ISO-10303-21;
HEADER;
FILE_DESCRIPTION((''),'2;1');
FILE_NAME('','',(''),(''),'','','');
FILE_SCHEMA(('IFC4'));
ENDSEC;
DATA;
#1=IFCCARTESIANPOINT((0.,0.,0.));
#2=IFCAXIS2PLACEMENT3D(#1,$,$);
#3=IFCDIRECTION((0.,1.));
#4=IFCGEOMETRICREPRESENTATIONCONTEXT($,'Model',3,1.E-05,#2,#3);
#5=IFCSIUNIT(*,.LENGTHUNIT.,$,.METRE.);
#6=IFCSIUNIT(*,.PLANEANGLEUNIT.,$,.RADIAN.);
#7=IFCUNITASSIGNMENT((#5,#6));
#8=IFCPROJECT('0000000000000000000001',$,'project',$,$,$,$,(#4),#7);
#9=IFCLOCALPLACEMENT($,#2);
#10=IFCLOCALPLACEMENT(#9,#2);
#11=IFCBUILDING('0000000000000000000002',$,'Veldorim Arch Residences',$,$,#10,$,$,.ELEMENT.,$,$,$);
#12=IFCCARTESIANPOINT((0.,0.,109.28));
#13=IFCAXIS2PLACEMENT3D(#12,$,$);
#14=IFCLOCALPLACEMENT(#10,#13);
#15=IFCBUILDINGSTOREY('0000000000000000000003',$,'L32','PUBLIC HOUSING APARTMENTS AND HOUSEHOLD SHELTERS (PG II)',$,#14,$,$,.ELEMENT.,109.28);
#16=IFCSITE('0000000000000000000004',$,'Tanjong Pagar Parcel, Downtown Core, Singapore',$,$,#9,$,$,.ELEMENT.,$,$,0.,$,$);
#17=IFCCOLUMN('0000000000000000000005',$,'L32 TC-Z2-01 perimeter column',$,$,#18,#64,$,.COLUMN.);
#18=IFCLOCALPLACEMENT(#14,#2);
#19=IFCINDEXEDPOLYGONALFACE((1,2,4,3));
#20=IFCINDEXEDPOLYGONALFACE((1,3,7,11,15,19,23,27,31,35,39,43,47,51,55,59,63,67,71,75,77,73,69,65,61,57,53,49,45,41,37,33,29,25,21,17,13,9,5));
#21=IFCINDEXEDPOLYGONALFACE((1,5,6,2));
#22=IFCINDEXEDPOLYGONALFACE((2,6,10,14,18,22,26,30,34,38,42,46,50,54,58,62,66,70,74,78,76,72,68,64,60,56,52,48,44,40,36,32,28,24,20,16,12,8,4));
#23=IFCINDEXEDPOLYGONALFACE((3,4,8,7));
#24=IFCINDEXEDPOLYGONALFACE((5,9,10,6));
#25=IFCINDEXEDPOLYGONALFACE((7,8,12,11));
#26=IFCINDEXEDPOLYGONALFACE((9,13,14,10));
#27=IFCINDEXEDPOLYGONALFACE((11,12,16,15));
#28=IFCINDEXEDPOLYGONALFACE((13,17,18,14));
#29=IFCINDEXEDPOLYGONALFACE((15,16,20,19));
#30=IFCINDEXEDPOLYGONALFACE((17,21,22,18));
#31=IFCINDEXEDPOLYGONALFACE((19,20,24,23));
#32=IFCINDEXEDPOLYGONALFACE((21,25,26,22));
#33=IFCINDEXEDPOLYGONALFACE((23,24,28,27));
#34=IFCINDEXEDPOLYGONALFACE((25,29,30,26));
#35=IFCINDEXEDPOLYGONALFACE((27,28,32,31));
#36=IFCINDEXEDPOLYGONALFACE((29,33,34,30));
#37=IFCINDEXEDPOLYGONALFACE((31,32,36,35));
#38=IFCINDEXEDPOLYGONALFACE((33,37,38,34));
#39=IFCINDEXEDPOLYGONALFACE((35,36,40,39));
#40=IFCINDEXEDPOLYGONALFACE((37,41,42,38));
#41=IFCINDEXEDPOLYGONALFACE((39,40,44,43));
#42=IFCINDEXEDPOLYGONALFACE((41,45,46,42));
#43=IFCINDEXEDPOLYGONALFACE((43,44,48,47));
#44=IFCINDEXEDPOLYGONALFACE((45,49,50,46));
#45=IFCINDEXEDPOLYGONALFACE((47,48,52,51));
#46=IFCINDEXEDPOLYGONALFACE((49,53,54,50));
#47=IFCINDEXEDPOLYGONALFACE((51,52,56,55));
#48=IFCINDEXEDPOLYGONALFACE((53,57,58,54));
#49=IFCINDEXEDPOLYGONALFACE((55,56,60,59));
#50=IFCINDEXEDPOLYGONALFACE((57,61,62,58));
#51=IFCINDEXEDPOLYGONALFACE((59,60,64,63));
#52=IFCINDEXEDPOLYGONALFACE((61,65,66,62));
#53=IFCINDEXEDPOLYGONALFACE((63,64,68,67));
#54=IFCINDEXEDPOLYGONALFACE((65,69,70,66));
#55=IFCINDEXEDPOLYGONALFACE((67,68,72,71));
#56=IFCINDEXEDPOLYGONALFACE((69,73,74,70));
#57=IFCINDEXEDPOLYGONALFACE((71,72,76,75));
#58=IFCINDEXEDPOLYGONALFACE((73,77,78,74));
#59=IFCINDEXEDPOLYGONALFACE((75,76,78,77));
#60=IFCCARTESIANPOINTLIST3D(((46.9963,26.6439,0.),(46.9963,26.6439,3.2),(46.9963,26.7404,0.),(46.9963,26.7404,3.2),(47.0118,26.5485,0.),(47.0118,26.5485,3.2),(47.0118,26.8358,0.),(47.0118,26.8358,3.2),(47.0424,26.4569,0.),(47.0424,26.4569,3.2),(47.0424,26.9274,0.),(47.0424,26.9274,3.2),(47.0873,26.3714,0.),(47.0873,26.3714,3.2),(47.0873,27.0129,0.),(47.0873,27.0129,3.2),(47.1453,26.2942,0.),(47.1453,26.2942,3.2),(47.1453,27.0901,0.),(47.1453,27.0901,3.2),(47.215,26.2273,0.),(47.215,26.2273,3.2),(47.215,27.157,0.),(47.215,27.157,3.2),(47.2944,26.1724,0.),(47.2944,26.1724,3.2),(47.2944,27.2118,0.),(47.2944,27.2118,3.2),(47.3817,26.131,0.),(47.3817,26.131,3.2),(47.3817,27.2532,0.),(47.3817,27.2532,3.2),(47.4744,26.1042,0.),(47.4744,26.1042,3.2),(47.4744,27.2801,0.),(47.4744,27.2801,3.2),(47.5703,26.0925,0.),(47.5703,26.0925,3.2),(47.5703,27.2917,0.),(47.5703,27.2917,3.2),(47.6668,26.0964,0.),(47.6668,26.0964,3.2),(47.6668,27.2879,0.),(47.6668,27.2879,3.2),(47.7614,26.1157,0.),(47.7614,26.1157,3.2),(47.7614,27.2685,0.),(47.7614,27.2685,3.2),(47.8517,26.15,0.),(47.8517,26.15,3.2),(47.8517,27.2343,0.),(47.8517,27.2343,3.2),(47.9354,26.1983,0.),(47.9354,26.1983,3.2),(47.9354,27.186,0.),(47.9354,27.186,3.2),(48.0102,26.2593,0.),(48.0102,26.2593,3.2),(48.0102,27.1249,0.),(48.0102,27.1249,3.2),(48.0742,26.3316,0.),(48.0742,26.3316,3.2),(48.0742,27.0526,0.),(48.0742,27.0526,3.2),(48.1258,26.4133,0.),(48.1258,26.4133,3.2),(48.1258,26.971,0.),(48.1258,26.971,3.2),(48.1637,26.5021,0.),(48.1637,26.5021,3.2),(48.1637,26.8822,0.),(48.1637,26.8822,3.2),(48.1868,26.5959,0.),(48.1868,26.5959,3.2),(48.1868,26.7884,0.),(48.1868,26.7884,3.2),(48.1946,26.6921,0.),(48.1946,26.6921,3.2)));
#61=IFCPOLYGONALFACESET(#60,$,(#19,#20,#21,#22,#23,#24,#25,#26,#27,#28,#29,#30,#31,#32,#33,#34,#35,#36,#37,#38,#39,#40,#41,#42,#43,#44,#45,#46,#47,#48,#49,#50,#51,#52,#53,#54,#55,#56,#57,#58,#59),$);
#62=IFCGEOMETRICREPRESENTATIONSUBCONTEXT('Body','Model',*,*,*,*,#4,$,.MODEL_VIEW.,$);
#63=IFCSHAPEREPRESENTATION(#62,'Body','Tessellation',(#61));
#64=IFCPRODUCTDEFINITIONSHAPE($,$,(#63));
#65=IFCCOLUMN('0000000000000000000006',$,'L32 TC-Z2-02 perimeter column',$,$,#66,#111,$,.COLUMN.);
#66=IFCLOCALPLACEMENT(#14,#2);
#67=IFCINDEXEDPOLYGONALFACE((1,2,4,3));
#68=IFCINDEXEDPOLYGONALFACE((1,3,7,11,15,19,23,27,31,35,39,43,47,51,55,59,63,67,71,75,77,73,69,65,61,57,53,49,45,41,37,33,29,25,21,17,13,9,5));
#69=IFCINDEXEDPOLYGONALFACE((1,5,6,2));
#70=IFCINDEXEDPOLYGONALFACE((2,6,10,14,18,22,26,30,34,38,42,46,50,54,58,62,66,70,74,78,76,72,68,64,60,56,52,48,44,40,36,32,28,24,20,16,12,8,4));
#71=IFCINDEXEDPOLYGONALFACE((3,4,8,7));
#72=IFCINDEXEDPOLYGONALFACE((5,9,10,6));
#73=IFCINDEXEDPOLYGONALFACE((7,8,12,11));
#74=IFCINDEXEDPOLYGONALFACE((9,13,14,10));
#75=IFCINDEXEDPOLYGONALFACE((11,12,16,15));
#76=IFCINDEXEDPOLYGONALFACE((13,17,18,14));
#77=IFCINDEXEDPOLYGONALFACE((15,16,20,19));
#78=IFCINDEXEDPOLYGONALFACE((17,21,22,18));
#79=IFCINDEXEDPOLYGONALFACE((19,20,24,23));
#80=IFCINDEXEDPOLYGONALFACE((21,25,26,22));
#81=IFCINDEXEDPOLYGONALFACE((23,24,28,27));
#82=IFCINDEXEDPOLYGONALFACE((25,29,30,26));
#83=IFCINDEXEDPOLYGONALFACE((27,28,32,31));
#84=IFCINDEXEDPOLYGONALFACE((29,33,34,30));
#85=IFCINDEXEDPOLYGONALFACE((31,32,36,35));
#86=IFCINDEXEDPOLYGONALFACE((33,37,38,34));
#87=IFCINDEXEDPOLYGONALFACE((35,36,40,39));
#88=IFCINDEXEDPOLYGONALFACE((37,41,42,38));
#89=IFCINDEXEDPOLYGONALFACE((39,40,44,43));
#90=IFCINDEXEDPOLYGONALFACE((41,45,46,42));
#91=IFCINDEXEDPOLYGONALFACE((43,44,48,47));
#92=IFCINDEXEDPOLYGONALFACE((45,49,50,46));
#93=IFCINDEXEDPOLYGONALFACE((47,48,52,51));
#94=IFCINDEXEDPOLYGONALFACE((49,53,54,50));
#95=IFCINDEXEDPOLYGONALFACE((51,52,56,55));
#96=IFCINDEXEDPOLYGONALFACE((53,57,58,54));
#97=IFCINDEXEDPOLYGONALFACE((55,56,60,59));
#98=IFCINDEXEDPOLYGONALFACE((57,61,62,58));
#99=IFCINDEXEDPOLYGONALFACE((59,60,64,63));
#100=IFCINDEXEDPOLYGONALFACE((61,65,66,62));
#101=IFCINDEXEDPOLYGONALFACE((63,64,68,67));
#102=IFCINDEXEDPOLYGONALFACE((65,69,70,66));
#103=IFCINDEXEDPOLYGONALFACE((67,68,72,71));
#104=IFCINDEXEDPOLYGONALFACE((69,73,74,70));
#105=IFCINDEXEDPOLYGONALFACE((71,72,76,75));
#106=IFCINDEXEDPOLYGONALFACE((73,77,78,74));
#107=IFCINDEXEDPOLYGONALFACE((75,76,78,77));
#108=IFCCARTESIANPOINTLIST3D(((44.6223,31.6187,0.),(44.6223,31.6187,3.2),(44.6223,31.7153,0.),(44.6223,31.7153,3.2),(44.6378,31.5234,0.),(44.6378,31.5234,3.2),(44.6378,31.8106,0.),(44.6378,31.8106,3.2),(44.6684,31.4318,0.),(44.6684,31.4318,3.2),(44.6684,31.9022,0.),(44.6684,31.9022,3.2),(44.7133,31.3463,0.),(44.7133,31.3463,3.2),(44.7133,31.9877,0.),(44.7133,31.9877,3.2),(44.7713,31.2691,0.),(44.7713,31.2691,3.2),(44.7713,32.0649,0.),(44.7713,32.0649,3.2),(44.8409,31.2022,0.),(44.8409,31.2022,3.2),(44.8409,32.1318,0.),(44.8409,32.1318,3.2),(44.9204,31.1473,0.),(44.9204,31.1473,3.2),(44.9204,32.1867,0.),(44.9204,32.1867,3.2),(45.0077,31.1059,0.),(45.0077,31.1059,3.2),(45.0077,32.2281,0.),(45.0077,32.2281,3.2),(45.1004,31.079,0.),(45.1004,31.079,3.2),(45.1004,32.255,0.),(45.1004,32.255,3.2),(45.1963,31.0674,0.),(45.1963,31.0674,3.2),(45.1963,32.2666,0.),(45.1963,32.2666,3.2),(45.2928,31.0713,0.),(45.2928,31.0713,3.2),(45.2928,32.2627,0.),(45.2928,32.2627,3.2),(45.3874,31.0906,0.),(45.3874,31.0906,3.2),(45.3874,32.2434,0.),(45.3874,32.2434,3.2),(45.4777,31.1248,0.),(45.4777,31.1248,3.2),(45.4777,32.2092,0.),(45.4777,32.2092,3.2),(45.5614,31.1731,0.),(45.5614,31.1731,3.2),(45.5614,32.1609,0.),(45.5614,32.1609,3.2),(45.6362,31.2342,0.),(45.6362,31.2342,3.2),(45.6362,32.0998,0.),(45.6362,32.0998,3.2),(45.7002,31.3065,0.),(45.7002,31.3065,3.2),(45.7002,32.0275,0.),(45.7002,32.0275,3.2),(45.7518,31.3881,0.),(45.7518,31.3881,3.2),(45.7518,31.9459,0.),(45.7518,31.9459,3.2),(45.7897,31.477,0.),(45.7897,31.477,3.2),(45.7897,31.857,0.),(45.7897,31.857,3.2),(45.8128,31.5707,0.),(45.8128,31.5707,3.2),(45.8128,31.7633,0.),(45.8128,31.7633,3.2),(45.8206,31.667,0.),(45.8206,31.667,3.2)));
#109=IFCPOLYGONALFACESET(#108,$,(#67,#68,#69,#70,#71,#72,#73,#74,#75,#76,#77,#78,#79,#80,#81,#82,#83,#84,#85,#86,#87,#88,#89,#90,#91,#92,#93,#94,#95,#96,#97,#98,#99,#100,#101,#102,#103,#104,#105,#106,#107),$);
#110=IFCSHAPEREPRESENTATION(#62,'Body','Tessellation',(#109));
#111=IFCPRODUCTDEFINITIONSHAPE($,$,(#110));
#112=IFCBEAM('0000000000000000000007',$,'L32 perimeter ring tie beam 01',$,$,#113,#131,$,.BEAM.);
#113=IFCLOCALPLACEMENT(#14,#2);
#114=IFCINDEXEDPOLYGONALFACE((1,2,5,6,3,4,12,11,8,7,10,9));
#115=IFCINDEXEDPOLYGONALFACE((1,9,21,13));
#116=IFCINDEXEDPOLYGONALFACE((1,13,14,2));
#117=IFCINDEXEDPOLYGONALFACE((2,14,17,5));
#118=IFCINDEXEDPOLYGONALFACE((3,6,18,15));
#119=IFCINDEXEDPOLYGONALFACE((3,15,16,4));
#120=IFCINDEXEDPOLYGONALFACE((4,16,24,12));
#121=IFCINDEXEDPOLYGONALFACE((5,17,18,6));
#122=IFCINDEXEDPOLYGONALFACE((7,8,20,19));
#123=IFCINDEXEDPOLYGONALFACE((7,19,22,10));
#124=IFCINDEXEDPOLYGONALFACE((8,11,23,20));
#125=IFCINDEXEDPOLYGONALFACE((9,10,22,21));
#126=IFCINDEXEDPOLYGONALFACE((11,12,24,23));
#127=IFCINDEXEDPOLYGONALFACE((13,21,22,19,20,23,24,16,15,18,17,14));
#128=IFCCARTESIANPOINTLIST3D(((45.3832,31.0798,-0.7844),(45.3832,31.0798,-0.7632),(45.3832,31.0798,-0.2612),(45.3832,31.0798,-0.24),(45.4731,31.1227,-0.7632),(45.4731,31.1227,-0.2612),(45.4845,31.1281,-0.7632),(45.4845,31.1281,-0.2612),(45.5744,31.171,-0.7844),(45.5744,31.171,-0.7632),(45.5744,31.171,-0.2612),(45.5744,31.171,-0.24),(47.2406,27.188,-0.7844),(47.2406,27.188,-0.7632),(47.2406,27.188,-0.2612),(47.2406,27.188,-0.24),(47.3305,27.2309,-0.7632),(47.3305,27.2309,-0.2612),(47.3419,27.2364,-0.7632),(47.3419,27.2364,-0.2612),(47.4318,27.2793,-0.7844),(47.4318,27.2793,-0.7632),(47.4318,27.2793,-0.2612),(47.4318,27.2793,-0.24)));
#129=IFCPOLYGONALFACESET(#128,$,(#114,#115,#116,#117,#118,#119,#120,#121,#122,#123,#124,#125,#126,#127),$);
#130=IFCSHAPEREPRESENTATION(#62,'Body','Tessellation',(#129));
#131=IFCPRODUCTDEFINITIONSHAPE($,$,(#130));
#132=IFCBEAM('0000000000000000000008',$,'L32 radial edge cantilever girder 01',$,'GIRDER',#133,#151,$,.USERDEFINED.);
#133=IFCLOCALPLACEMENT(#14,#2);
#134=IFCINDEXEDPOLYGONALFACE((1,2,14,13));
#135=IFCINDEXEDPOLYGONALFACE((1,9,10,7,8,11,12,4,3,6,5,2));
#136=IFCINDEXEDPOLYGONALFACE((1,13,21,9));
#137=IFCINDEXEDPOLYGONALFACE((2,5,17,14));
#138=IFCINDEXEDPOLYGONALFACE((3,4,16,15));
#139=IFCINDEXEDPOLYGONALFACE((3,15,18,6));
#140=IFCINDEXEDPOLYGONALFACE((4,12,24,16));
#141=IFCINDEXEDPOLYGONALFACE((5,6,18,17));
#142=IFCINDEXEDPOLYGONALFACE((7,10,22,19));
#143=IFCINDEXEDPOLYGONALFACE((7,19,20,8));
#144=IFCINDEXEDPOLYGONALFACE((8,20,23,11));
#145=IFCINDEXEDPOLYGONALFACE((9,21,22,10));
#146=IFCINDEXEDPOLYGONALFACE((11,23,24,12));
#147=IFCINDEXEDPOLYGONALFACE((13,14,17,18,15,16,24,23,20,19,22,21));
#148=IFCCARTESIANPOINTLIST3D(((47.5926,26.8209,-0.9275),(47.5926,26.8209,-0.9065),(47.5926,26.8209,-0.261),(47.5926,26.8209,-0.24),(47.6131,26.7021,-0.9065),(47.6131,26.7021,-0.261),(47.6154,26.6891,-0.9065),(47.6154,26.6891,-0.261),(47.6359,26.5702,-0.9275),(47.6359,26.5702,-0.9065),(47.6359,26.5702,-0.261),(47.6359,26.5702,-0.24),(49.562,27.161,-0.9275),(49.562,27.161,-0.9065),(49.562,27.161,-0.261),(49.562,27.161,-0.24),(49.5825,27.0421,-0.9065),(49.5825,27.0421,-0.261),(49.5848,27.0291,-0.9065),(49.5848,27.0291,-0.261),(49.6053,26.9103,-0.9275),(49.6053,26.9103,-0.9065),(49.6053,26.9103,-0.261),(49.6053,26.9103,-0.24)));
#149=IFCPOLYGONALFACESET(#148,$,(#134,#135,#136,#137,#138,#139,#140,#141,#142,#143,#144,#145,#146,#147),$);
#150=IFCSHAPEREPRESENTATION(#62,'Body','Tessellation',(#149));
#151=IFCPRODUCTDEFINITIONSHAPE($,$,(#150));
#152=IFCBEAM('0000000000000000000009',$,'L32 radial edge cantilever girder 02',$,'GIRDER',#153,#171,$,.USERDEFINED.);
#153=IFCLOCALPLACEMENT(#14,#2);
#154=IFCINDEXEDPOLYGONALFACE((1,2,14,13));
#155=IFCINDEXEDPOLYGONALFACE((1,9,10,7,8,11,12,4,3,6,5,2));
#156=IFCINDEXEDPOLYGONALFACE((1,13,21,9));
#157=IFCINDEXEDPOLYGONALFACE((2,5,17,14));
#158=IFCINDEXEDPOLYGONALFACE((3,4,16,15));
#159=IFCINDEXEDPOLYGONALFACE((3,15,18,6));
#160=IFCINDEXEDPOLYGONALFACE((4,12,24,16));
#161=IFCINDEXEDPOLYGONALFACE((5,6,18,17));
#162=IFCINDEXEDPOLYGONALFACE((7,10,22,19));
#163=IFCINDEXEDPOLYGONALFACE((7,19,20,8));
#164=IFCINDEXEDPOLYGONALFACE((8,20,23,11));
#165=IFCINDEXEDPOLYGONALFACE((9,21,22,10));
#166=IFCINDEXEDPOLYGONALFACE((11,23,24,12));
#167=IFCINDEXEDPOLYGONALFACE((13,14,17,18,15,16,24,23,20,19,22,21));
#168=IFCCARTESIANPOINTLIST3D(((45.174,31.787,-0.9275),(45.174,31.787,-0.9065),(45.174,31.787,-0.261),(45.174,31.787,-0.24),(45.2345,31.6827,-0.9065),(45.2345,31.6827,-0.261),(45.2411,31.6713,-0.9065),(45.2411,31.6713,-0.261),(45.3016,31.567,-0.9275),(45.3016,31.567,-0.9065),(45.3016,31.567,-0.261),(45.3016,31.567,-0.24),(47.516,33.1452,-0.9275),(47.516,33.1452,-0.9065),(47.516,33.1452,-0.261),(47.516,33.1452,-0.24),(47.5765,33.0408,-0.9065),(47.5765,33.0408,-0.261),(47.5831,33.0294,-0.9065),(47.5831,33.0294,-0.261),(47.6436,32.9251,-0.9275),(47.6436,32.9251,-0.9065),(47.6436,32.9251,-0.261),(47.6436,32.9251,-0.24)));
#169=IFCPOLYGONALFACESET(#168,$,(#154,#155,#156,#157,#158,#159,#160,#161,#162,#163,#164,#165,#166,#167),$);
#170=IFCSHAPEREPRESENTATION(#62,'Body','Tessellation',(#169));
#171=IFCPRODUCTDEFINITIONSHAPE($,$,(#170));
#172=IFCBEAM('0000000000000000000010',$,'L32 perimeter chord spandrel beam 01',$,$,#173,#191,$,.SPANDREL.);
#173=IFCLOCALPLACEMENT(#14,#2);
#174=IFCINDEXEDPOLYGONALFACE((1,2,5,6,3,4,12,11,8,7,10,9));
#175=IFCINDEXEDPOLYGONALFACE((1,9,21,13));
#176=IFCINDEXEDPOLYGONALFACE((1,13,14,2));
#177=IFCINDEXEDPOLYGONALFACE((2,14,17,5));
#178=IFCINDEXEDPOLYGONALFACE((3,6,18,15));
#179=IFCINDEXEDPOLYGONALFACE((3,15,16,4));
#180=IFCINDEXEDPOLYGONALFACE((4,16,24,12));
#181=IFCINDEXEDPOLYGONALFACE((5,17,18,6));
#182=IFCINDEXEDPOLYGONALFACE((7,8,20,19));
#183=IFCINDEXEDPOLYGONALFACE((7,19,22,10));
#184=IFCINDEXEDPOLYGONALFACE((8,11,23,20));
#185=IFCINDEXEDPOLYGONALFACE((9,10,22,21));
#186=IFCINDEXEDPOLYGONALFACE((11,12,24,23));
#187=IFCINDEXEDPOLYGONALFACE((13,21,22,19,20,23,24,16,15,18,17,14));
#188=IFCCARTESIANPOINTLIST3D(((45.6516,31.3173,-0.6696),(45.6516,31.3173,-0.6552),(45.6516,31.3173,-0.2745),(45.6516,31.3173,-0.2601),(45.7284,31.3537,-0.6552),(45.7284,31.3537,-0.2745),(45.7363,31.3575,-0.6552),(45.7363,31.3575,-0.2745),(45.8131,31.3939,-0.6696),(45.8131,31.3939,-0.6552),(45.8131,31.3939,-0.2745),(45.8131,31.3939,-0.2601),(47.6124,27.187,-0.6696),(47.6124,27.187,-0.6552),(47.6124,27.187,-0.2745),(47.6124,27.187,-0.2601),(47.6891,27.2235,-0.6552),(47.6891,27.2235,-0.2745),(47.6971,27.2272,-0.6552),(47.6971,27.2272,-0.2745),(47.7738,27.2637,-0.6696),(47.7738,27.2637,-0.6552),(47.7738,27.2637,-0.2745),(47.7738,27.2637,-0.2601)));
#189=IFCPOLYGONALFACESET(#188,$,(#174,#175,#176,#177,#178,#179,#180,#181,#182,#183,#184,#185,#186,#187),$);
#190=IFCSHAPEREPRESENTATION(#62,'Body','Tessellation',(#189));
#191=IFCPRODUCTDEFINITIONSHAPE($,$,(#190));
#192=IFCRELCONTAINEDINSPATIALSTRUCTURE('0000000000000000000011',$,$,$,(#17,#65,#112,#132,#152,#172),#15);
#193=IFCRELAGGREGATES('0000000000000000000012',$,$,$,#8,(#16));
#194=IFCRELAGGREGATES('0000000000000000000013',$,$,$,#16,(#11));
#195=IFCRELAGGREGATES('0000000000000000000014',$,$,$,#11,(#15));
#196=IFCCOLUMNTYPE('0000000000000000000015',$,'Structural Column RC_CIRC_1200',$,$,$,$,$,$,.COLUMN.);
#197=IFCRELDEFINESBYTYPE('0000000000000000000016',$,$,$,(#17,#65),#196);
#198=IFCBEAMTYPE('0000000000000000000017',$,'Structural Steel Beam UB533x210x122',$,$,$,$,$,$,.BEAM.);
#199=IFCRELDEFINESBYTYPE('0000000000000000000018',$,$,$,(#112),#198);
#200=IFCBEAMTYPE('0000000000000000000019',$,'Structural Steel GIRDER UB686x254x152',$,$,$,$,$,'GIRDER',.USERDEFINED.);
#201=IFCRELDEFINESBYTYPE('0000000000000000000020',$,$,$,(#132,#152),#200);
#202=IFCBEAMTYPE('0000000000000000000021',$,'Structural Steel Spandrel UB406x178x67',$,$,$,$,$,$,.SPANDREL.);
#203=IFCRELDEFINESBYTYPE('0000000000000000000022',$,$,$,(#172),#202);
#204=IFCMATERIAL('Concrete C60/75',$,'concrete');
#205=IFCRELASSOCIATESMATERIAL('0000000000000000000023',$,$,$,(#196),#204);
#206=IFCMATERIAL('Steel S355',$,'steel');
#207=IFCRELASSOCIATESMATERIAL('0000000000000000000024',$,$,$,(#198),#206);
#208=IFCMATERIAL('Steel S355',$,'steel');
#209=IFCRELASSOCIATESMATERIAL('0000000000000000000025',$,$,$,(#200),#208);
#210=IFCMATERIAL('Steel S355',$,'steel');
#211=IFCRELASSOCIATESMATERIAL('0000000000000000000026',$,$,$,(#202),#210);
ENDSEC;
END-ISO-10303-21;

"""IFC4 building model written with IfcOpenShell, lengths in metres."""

from ifc_helpers import new_model, si_unit, direction, frame, origin, origin_2d, place, context, subcontext, project, spatial, circle, i_section, extrude, material, material_profile, profile_set, type_object, element, save


model = new_model("IFC4")

# Units and contexts
model_context = context("Model", 3, precision=1e-05, world=origin(), true_north=direction((0.0, 1.0)))
body_context = subcontext(model_context, "Body", "Model", "MODEL_VIEW")
ifc_project = project(units=[si_unit("LENGTHUNIT", "METRE"), si_unit("PLANEANGLEUNIT", "RADIAN")], contexts=[model_context])

# Site, building, storey
site_placement = place(None, origin())
site = spatial("IfcSite", under=ifc_project, at=site_placement, Name="Tanjong Pagar Parcel, Downtown Core, Singapore", CompositionType="ELEMENT", RefElevation=0.0)
building_placement = place(site_placement, origin())
building = spatial("IfcBuilding", under=site, at=building_placement, Name="Veldorim Arch Residences", CompositionType="ELEMENT")
storey_placement = place(building_placement, frame((0.0, 0.0, 109.28)))
storey = spatial("IfcBuildingStorey", under=building, at=storey_placement, Name="L32", Description="PUBLIC HOUSING APARTMENTS AND HOUSEHOLD SHELTERS (PG II)", CompositionType="ELEMENT", Elevation=109.28)

# Columns
ifc_material_1 = material(Name="Concrete C60/75", Category="concrete")
ifc_material_profile_1 = material_profile(ifc_material_1, circle(Radius=0.6001, at=origin_2d()), Name="RC_CIRC_1200")
ifc_profile_set_1 = profile_set([ifc_material_profile_1], Name="Concrete C60/75")
column_type = type_object("IfcColumnType", Name="Structural Column RC_CIRC_1200", PredefinedType="COLUMN", material=ifc_profile_set_1)
for number, where, z_axis, x_axis, name in (
    (1, (47.5945, 26.6921, 0.0), (0.0, 0.0, 1.0), (1.0, 0.0, 0.0), "L32 TC-Z2-01 perimeter column"),
    (2, (45.2205, 31.667, 0.0), (0.0, 0.0, 1.0), (1.0, 0.0, 0.0), "L32 TC-Z2-02 perimeter column"),
):
    element("IfcColumn", number, at=place(storey_placement, frame(where, z_axis=z_axis, x_axis=x_axis)), inside=storey, type_object=column_type, Name=name, PredefinedType="COLUMN", context=body_context, shape_type="SweptSolid", body=[
        extrude(circle(Radius=0.6001, at=origin_2d()), origin(), (0.0, 0.0, 1.0), 3.2),
    ])

# Beams
ifc_material_2 = material(Name="Steel S355", Category="steel")
ifc_material_profile_2 = material_profile(ifc_material_2, i_section(OverallWidth=0.2119, OverallDepth=0.5444, WebThickness=0.0127, FlangeThickness=0.0212, at=origin_2d()), Name="UB533x210x122")
ifc_profile_set_2 = profile_set([ifc_material_profile_2], Name="Steel S355")
beam_type_1 = type_object("IfcBeamType", Name="Structural Steel Beam UB533x210x122", PredefinedType="BEAM", material=ifc_profile_set_2)
beam_1_placement = place(storey_placement, frame((47.3362, 27.2336, -0.5122), z_axis=(-0.43072, 0.902486, 0.0), x_axis=(-0.902486, -0.43072, 0.0)))
element("IfcBeam", 3, at=beam_1_placement, inside=storey, type_object=beam_type_1, Name="L32 perimeter ring tie beam 01", PredefinedType="BEAM", context=body_context, shape_type="SweptSolid", body=[
    extrude(i_section(OverallWidth=0.2119, OverallDepth=0.5444, WebThickness=0.0127, FlangeThickness=0.0212, at=origin_2d()), origin(), (0.0, 0.0, 1.0), 4.3123),
])
ifc_material_3 = material(Name="Steel S355", Category="steel")
ifc_material_profile_3 = material_profile(ifc_material_3, i_section(OverallWidth=0.2544, OverallDepth=0.6875, WebThickness=0.0132, FlangeThickness=0.021, at=origin_2d()), Name="UB686x254x152")
ifc_profile_set_3 = profile_set([ifc_material_profile_3], Name="Steel S355")
beam_type_2 = type_object("IfcBeamType", Name="Structural Steel GIRDER UB686x254x152", ElementType="GIRDER", PredefinedType="USERDEFINED", material=ifc_profile_set_3)
beam_2_placement = place(storey_placement, frame((47.6143, 26.6956, -0.5837), z_axis=(0.985416, 0.170161, 0.0), x_axis=(-0.170161, 0.985416, 0.0)))
element("IfcBeam", 4, at=beam_2_placement, inside=storey, type_object=beam_type_2, Name="L32 radial edge cantilever girder 01", ObjectType="GIRDER", PredefinedType="USERDEFINED", context=body_context, shape_type="SweptSolid", body=[
    extrude(i_section(OverallWidth=0.2544, OverallDepth=0.6875, WebThickness=0.0132, FlangeThickness=0.021, at=origin_2d()), origin(), (0.0, 0.0, 1.0), 1.9985),
])
beam_3_placement = place(storey_placement, frame((45.2378, 31.677, -0.5837), z_axis=(0.865068, 0.501655, 0.0), x_axis=(-0.501655, 0.865068, 0.0)))
element("IfcBeam", 5, at=beam_3_placement, inside=storey, type_object=beam_type_2, Name="L32 radial edge cantilever girder 02", ObjectType="GIRDER", PredefinedType="USERDEFINED", context=body_context, shape_type="SweptSolid", body=[
    extrude(i_section(OverallWidth=0.2544, OverallDepth=0.6875, WebThickness=0.0132, FlangeThickness=0.021, at=origin_2d()), origin(), (0.0, 0.0, 1.0), 2.7073),
])
ifc_material_4 = material(Name="Steel S355", Category="steel")
ifc_material_profile_4 = material_profile(ifc_material_4, i_section(OverallWidth=0.1787, OverallDepth=0.4094, WebThickness=0.0088, FlangeThickness=0.0144, at=origin_2d()), Name="UB406x178x67")
ifc_profile_set_4 = profile_set([ifc_material_profile_4], Name="Steel S355")
beam_type_3 = type_object("IfcBeamType", Name="Structural Steel Spandrel UB406x178x67", PredefinedType="SPANDREL", material=ifc_profile_set_4)
beam_4_placement = place(storey_placement, frame((47.6931, 27.2253, -0.4648), z_axis=(-0.428857, 0.903372, 0.0), x_axis=(-0.903372, -0.428857, 0.0)))
element("IfcBeam", 6, at=beam_4_placement, inside=storey, type_object=beam_type_3, Name="L32 perimeter chord spandrel beam 01", PredefinedType="SPANDREL", context=body_context, shape_type="SweptSolid", body=[
    extrude(i_section(OverallWidth=0.1787, OverallDepth=0.4094, WebThickness=0.0088, FlangeThickness=0.0144, at=origin_2d()), origin(), (0.0, 0.0, 1.0), 4.572),
])

save(model, "model.ifc")
